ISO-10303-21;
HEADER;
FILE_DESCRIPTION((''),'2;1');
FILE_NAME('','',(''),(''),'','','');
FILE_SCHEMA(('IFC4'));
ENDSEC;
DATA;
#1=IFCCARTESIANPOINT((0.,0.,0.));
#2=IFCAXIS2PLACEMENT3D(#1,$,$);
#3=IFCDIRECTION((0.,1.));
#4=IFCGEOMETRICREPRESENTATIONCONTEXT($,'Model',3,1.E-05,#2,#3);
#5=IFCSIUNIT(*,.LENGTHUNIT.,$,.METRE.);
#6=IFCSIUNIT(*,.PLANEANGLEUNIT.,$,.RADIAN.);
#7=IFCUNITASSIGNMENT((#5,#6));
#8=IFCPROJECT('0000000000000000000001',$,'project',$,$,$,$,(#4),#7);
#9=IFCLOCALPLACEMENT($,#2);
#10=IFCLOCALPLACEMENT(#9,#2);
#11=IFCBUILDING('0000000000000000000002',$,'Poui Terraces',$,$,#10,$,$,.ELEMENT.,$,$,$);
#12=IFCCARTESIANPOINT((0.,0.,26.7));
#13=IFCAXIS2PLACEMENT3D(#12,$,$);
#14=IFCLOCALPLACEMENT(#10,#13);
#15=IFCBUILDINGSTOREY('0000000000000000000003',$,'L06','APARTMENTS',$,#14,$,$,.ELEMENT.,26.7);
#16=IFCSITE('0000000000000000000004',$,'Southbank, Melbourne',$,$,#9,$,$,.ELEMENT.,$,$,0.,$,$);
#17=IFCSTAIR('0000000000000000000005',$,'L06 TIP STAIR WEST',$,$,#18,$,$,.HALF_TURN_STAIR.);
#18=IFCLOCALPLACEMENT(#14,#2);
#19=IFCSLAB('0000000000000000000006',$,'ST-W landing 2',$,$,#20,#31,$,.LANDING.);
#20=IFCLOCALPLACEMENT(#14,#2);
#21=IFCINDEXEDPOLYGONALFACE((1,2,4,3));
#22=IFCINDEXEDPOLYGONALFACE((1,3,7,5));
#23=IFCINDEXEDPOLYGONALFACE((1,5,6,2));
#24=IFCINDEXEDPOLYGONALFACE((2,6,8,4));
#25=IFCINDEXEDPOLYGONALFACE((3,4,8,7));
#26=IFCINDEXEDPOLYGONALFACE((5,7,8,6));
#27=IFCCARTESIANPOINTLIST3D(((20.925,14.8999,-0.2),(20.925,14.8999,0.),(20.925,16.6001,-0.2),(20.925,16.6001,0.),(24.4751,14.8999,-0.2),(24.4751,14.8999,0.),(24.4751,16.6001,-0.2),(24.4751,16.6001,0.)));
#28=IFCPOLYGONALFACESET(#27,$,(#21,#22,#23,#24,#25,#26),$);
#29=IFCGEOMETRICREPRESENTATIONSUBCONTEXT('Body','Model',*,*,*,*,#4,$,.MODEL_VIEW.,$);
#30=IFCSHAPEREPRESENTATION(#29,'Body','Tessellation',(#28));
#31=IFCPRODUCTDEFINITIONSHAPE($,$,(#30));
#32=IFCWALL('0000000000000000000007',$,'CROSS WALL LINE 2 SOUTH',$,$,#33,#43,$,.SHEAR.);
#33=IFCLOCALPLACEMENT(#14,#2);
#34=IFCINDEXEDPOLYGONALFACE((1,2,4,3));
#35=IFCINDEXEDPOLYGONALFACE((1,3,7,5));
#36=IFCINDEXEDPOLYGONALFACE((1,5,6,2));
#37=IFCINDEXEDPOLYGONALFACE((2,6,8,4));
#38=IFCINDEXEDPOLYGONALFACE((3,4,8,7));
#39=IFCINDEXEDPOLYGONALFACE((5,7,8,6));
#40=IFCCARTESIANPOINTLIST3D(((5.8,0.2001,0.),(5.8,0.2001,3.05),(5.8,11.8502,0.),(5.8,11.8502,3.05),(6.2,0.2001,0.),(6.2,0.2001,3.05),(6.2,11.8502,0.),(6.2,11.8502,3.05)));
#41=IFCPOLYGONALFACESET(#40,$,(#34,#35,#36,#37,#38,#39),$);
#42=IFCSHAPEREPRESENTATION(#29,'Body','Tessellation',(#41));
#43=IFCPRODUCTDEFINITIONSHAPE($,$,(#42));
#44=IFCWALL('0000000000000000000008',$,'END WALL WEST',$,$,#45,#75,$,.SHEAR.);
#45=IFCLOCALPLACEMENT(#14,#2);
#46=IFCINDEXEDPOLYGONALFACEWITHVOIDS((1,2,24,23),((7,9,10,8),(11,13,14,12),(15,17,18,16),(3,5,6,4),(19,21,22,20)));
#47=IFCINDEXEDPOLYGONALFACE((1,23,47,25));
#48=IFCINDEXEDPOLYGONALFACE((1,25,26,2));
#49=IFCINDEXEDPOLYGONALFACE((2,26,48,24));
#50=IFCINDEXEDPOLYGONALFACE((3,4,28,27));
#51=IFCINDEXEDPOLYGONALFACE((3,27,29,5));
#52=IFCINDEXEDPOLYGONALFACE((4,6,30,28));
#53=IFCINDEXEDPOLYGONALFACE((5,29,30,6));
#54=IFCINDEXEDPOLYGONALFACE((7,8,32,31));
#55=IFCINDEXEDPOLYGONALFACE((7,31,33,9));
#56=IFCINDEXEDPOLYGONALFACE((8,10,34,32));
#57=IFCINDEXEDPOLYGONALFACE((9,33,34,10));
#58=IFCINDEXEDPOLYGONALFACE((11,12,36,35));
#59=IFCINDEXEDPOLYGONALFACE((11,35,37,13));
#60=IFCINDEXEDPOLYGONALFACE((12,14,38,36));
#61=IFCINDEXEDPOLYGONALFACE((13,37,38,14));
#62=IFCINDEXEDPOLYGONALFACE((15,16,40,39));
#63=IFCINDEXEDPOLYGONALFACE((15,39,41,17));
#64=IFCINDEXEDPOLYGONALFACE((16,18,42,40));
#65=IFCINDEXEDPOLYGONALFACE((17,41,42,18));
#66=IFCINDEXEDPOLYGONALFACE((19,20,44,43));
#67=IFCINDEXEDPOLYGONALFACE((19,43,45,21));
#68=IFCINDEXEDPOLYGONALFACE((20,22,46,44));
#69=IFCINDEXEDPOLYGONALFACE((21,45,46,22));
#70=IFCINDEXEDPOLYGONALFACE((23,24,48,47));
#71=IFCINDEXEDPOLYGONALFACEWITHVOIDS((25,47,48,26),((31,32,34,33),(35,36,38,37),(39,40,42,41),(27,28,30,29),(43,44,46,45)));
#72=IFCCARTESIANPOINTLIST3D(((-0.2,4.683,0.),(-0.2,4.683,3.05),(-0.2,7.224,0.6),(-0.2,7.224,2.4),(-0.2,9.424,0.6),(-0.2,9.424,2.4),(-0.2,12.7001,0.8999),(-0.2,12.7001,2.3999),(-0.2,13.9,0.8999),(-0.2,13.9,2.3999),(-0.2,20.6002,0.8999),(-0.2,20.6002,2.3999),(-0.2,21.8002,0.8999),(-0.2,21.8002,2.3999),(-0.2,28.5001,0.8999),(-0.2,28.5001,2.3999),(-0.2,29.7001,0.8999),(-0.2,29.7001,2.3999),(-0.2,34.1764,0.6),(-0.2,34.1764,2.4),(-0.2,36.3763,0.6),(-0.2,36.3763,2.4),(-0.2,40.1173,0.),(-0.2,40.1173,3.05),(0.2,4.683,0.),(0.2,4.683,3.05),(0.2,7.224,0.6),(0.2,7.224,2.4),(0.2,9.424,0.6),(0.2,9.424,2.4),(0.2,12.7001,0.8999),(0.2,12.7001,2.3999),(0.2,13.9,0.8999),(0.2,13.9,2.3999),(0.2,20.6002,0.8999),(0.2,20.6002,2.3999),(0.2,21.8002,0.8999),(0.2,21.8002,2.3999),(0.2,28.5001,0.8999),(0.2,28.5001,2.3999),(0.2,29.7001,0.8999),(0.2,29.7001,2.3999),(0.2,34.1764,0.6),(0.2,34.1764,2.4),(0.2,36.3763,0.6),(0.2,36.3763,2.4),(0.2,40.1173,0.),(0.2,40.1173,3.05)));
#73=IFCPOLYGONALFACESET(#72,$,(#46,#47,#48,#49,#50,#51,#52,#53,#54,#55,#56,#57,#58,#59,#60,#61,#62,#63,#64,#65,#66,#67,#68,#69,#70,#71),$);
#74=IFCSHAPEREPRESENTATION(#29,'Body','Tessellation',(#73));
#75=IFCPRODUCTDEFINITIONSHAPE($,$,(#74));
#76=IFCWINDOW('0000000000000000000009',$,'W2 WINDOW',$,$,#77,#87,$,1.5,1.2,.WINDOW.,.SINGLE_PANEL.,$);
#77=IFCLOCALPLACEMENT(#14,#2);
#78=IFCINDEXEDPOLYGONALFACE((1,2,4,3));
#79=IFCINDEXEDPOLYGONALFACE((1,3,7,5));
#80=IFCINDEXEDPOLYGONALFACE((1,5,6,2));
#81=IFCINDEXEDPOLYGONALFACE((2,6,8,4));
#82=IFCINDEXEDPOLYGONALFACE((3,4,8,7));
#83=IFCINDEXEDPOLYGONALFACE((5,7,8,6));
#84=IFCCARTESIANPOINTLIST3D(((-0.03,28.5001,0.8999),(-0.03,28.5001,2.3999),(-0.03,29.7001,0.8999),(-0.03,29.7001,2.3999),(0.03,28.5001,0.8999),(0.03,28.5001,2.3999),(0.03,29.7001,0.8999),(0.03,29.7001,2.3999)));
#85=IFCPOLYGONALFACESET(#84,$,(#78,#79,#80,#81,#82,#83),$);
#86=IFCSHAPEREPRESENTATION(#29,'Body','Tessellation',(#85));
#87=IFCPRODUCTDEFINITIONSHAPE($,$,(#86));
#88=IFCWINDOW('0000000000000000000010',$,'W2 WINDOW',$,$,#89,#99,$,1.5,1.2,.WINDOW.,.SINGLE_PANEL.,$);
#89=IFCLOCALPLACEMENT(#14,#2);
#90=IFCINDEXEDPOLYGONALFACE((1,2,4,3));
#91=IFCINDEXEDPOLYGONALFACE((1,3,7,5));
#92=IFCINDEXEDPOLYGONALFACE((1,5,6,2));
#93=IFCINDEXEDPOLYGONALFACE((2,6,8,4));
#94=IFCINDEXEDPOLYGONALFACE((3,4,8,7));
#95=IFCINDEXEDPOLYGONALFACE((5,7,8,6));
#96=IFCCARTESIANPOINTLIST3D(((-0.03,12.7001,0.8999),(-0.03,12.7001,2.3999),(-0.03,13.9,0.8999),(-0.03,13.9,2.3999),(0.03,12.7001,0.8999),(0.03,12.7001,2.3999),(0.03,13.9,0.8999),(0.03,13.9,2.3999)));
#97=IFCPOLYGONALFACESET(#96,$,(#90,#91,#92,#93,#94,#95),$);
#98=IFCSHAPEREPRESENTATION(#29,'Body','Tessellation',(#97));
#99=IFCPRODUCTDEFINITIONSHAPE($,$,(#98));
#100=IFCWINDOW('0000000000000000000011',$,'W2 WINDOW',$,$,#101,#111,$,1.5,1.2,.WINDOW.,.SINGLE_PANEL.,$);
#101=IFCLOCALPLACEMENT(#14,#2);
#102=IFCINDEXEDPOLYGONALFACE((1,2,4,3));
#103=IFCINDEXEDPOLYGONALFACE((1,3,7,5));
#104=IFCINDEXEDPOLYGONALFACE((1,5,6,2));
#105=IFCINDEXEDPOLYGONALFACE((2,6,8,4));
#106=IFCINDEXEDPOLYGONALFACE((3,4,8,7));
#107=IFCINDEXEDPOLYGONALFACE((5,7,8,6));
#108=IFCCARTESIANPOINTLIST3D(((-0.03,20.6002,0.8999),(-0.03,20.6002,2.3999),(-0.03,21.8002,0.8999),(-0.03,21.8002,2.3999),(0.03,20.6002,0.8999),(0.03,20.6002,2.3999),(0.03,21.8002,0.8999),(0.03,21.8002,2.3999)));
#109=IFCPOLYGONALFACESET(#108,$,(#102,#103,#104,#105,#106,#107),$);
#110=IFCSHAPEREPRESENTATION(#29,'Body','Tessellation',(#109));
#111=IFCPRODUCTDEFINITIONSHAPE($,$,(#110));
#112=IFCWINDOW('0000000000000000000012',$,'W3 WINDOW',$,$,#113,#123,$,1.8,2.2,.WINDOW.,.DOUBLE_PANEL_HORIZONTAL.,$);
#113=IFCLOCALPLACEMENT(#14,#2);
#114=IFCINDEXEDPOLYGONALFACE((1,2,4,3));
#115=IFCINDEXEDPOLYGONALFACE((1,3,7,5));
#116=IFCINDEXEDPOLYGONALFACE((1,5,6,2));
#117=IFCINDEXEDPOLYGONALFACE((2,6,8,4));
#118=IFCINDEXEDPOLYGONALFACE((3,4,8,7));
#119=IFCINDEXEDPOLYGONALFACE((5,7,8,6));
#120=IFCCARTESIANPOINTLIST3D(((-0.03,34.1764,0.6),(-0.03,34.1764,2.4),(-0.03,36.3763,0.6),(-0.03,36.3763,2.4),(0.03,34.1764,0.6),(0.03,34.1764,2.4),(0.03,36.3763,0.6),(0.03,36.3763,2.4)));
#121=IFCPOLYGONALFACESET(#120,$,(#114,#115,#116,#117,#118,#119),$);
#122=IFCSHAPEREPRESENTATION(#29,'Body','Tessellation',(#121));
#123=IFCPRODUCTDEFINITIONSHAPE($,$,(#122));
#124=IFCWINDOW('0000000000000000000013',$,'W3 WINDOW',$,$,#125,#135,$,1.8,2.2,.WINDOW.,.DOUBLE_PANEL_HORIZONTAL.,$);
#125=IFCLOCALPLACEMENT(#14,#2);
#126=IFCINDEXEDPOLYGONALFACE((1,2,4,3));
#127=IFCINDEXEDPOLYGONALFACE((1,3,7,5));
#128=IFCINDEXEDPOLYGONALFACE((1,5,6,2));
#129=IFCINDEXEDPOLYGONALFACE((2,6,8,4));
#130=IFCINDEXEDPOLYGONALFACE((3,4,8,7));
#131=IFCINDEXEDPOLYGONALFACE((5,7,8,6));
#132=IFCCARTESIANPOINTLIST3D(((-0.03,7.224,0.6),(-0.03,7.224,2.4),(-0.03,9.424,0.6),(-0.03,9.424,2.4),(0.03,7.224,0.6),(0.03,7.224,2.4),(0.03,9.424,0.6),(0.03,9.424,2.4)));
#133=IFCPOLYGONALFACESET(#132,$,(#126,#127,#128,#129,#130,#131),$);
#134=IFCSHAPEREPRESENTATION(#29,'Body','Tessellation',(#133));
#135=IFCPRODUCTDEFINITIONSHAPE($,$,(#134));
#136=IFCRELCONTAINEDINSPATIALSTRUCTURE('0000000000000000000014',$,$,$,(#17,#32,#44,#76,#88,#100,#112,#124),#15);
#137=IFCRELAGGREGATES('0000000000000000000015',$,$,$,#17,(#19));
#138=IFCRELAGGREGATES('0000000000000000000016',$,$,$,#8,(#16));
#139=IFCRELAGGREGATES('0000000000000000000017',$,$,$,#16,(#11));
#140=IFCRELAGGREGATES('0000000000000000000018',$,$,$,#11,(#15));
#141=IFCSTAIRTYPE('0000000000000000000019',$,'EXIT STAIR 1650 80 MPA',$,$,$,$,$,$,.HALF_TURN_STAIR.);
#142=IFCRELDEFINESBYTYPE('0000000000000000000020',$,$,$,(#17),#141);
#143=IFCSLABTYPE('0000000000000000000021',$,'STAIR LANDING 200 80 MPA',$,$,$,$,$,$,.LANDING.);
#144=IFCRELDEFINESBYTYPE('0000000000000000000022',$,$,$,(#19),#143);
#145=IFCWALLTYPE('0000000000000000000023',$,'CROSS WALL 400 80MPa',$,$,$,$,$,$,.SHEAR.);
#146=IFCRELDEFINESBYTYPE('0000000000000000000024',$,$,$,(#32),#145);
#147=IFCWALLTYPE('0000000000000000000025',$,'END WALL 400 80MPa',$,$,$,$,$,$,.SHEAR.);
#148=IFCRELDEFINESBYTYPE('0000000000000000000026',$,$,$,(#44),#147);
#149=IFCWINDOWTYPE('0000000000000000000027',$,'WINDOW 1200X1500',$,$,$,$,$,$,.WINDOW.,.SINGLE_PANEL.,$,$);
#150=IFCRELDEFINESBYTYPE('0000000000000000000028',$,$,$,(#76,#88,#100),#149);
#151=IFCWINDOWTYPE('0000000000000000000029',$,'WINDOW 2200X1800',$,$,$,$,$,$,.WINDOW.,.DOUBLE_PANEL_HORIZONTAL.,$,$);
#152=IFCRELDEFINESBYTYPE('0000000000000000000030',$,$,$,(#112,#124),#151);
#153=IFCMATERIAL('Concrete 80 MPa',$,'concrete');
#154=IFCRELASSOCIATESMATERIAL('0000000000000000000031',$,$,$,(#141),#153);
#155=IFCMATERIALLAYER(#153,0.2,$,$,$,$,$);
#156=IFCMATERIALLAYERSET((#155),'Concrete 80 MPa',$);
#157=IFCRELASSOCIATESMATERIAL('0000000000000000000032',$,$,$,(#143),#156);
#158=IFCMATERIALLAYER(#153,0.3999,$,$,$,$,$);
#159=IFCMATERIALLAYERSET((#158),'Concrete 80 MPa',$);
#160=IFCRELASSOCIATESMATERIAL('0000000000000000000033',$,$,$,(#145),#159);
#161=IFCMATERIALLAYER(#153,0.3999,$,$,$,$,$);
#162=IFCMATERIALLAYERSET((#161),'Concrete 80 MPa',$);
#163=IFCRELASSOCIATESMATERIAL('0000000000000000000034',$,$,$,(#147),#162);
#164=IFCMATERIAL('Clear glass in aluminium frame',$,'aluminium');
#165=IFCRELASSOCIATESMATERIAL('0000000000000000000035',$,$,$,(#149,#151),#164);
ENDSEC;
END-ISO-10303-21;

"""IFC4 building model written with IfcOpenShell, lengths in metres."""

from ifc_helpers import new_model, si_unit, direction, frame, frame_2d, origin, place, context, subcontext, project, spatial, polyline, rectangle, outline, extrude, material, layer, layer_set, type_object, element, fill, aggregate, save


model = new_model("IFC4")

# Units and contexts
model_context = context("Model", 3, precision=1e-05, world=origin(), true_north=direction((0.0, 1.0)))
body_context = subcontext(model_context, "Body", "Model", "MODEL_VIEW")
ifc_project = project(units=[si_unit("LENGTHUNIT", "METRE"), si_unit("PLANEANGLEUNIT", "RADIAN")], contexts=[model_context])

# Site, building, storey
site_placement = place(None, origin())
site = spatial("IfcSite", under=ifc_project, at=site_placement, Name="Southbank, Melbourne", CompositionType="ELEMENT", RefElevation=0.0)
building_placement = place(site_placement, origin())
building = spatial("IfcBuilding", under=site, at=building_placement, Name="Poui Terraces", CompositionType="ELEMENT")
storey_placement = place(building_placement, frame((0.0, 0.0, 26.7)))
storey = spatial("IfcBuildingStorey", under=building, at=storey_placement, Name="L06", Description="APARTMENTS", CompositionType="ELEMENT", Elevation=26.7)

# Stair, slab
ifc_material_1 = material(Name="Concrete 80 MPa", Category="concrete")
stair_type = type_object("IfcStairType", Name="EXIT STAIR 1650 80 MPA", PredefinedType="HALF_TURN_STAIR", material=ifc_material_1)
stair_placement = place(storey_placement, origin())
stair = element("IfcStair", 1, at=stair_placement, inside=storey, type_object=stair_type, Name="L06 TIP STAIR WEST", PredefinedType="HALF_TURN_STAIR")
ifc_layer_1 = layer(ifc_material_1, 0.2)
ifc_layer_set_1 = layer_set([ifc_layer_1], Name="Concrete 80 MPa")
slab_type = type_object("IfcSlabType", Name="STAIR LANDING 200 80 MPA", PredefinedType="LANDING", material=ifc_layer_set_1)
slab_placement = place(storey_placement, frame((0.0, 0.0, -0.2)))
slab = element("IfcSlab", 2, at=slab_placement, type_object=slab_type, Name="ST-W landing 2", PredefinedType="LANDING", context=body_context, shape_type="SweptSolid", body=[
    extrude(outline(polyline([(20.925, 14.8999), (24.4751, 14.8999), (24.4751, 16.6001), (20.925, 16.6001), (20.925, 14.8999)])), origin(), (0.0, 0.0, 1.0), 0.2),
])
aggregate(stair, [slab])

# Wall
ifc_layer_2 = layer(ifc_material_1, 0.3999)
ifc_layer_set_2 = layer_set([ifc_layer_2], Name="Concrete 80 MPa")
wall_type_1 = type_object("IfcWallType", Name="CROSS WALL 400 80MPa", PredefinedType="SHEAR", material=ifc_layer_set_2)
wall_1_placement = place(storey_placement, frame((6.0, 0.2, 0.0), z_axis=(0.0, 0.0, 1.0), x_axis=(0.0, 1.0, 0.0)))
element("IfcWall", 3, at=wall_1_placement, inside=storey, type_object=wall_type_1, Name="CROSS WALL LINE 2 SOUTH", PredefinedType="SHEAR", context=body_context, shape_type="SweptSolid", body=[
    extrude(rectangle(XDim=11.6501, YDim=0.3999, at=frame_2d((5.8252, 0.0))), origin(), (0.0, 0.0, 1.0), 3.05),
])

# Wall, openings, windows
ifc_layer_3 = layer(ifc_material_1, 0.3999)
ifc_layer_set_3 = layer_set([ifc_layer_3], Name="Concrete 80 MPa")
wall_type_2 = type_object("IfcWallType", Name="END WALL 400 80MPa", PredefinedType="SHEAR", material=ifc_layer_set_3)
wall_2_placement = place(storey_placement, frame((0.0, 4.6829, 0.0), z_axis=(0.0, 0.0, 1.0), x_axis=(0.0, 1.0, 0.0)))
wall_2 = element("IfcWall", 4, at=wall_2_placement, inside=storey, type_object=wall_type_2, Name="END WALL WEST", PredefinedType="SHEAR", context=body_context, shape_type="SweptSolid", body=[
    extrude(rectangle(XDim=35.4343, YDim=0.3999, at=frame_2d((17.7173, 0.0))), origin(), (0.0, 0.0, 1.0), 3.05),
])
opening_1_placement = place(wall_2_placement, frame((23.8171, 0.0, 0.8999)))
opening_1 = element("IfcOpeningElement", 5, at=opening_1_placement, cuts=wall_2, PredefinedType="OPENING", context=body_context, shape_type="SweptSolid", body=[
    extrude(rectangle(XDim=1.2, YDim=1.5, at=frame_2d((0.6001, 0.75))), frame((0.0, 0.21, 0.0), z_axis=(0.0, -1.0, 0.0), x_axis=(1.0, 0.0, 0.0)), (0.0, 0.0, 1.0), 0.4199),
])
opening_2_placement = place(wall_2_placement, frame((8.0171, 0.0, 0.8999)))
opening_2 = element("IfcOpeningElement", 6, at=opening_2_placement, cuts=wall_2, PredefinedType="OPENING", context=body_context, shape_type="SweptSolid", body=[
    extrude(rectangle(XDim=1.2, YDim=1.5, at=frame_2d((0.6001, 0.75))), frame((0.0, 0.21, 0.0), z_axis=(0.0, -1.0, 0.0), x_axis=(1.0, 0.0, 0.0)), (0.0, 0.0, 1.0), 0.4199),
])
opening_3_placement = place(wall_2_placement, frame((15.9172, 0.0, 0.8999)))
opening_3 = element("IfcOpeningElement", 7, at=opening_3_placement, cuts=wall_2, PredefinedType="OPENING", context=body_context, shape_type="SweptSolid", body=[
    extrude(rectangle(XDim=1.2, YDim=1.5, at=frame_2d((0.6001, 0.75))), frame((0.0, 0.21, 0.0), z_axis=(0.0, -1.0, 0.0), x_axis=(1.0, 0.0, 0.0)), (0.0, 0.0, 1.0), 0.4199),
])
opening_4_placement = place(wall_2_placement, frame((29.4934, 0.0, 0.6001)))
opening_4 = element("IfcOpeningElement", 8, at=opening_4_placement, cuts=wall_2, PredefinedType="OPENING", context=body_context, shape_type="SweptSolid", body=[
    extrude(rectangle(XDim=2.2, YDim=1.8, at=frame_2d((1.1001, 0.8999))), frame((0.0, 0.21, 0.0), z_axis=(0.0, -1.0, 0.0), x_axis=(1.0, 0.0, 0.0)), (0.0, 0.0, 1.0), 0.4199),
])
opening_5_placement = place(wall_2_placement, frame((2.541, 0.0, 0.6001)))
opening_5 = element("IfcOpeningElement", 9, at=opening_5_placement, cuts=wall_2, PredefinedType="OPENING", context=body_context, shape_type="SweptSolid", body=[
    extrude(rectangle(XDim=2.2, YDim=1.8, at=frame_2d((1.1001, 0.8999))), frame((0.0, 0.21, 0.0), z_axis=(0.0, -1.0, 0.0), x_axis=(1.0, 0.0, 0.0)), (0.0, 0.0, 1.0), 0.4199),
])
ifc_material_2 = material(Name="Clear glass in aluminium frame", Category="aluminium")
window_type_1 = type_object("IfcWindowType", Name="WINDOW 1200X1500", PartitioningType="SINGLE_PANEL", PredefinedType="WINDOW", material=ifc_material_2)
window_1_placement = place(opening_1_placement, origin())
window_1 = element("IfcWindow", 10, at=window_1_placement, inside=storey, type_object=window_type_1, Name="W2 WINDOW", OverallHeight=1.5, OverallWidth=1.2, PartitioningType="SINGLE_PANEL", PredefinedType="WINDOW", context=body_context, shape_type="SweptSolid", body=[
    extrude(rectangle(XDim=1.2, YDim=1.5, at=frame_2d((0.6001, 0.75))), frame((0.0, 0.03, 0.0), z_axis=(0.0, -1.0, 0.0), x_axis=(1.0, 0.0, 0.0)), (0.0, 0.0, 1.0), 0.0601),
])
fill(opening_1, window_1)
window_2_placement = place(opening_2_placement, origin())
window_2 = element("IfcWindow", 11, at=window_2_placement, inside=storey, type_object=window_type_1, Name="W2 WINDOW", OverallHeight=1.5, OverallWidth=1.2, PartitioningType="SINGLE_PANEL", PredefinedType="WINDOW", context=body_context, shape_type="SweptSolid", body=[
    extrude(rectangle(XDim=1.2, YDim=1.5, at=frame_2d((0.6001, 0.75))), frame((0.0, 0.03, 0.0), z_axis=(0.0, -1.0, 0.0), x_axis=(1.0, 0.0, 0.0)), (0.0, 0.0, 1.0), 0.0601),
])
fill(opening_2, window_2)
window_3_placement = place(opening_3_placement, origin())
window_3 = element("IfcWindow", 12, at=window_3_placement, inside=storey, type_object=window_type_1, Name="W2 WINDOW", OverallHeight=1.5, OverallWidth=1.2, PartitioningType="SINGLE_PANEL", PredefinedType="WINDOW", context=body_context, shape_type="SweptSolid", body=[
    extrude(rectangle(XDim=1.2, YDim=1.5, at=frame_2d((0.6001, 0.75))), frame((0.0, 0.03, 0.0), z_axis=(0.0, -1.0, 0.0), x_axis=(1.0, 0.0, 0.0)), (0.0, 0.0, 1.0), 0.0601),
])
fill(opening_3, window_3)
window_type_2 = type_object("IfcWindowType", Name="WINDOW 2200X1800", PartitioningType="DOUBLE_PANEL_HORIZONTAL", PredefinedType="WINDOW", material=ifc_material_2)
window_4_placement = place(opening_4_placement, origin())
window_4 = element("IfcWindow", 13, at=window_4_placement, inside=storey, type_object=window_type_2, Name="W3 WINDOW", OverallHeight=1.8, OverallWidth=2.2, PartitioningType="DOUBLE_PANEL_HORIZONTAL", PredefinedType="WINDOW", context=body_context, shape_type="SweptSolid", body=[
    extrude(rectangle(XDim=2.2, YDim=1.8, at=frame_2d((1.1001, 0.8999))), frame((0.0, 0.03, 0.0), z_axis=(0.0, -1.0, 0.0), x_axis=(1.0, 0.0, 0.0)), (0.0, 0.0, 1.0), 0.0601),
])
fill(opening_4, window_4)
window_5_placement = place(opening_5_placement, origin())
window_5 = element("IfcWindow", 14, at=window_5_placement, inside=storey, type_object=window_type_2, Name="W3 WINDOW", OverallHeight=1.8, OverallWidth=2.2, PartitioningType="DOUBLE_PANEL_HORIZONTAL", PredefinedType="WINDOW", context=body_context, shape_type="SweptSolid", body=[
    extrude(rectangle(XDim=2.2, YDim=1.8, at=frame_2d((1.1001, 0.8999))), frame((0.0, 0.03, 0.0), z_axis=(0.0, -1.0, 0.0), x_axis=(1.0, 0.0, 0.0)), (0.0, 0.0, 1.0), 0.0601),
])
fill(opening_5, window_5)

save(model, "model.ifc")
